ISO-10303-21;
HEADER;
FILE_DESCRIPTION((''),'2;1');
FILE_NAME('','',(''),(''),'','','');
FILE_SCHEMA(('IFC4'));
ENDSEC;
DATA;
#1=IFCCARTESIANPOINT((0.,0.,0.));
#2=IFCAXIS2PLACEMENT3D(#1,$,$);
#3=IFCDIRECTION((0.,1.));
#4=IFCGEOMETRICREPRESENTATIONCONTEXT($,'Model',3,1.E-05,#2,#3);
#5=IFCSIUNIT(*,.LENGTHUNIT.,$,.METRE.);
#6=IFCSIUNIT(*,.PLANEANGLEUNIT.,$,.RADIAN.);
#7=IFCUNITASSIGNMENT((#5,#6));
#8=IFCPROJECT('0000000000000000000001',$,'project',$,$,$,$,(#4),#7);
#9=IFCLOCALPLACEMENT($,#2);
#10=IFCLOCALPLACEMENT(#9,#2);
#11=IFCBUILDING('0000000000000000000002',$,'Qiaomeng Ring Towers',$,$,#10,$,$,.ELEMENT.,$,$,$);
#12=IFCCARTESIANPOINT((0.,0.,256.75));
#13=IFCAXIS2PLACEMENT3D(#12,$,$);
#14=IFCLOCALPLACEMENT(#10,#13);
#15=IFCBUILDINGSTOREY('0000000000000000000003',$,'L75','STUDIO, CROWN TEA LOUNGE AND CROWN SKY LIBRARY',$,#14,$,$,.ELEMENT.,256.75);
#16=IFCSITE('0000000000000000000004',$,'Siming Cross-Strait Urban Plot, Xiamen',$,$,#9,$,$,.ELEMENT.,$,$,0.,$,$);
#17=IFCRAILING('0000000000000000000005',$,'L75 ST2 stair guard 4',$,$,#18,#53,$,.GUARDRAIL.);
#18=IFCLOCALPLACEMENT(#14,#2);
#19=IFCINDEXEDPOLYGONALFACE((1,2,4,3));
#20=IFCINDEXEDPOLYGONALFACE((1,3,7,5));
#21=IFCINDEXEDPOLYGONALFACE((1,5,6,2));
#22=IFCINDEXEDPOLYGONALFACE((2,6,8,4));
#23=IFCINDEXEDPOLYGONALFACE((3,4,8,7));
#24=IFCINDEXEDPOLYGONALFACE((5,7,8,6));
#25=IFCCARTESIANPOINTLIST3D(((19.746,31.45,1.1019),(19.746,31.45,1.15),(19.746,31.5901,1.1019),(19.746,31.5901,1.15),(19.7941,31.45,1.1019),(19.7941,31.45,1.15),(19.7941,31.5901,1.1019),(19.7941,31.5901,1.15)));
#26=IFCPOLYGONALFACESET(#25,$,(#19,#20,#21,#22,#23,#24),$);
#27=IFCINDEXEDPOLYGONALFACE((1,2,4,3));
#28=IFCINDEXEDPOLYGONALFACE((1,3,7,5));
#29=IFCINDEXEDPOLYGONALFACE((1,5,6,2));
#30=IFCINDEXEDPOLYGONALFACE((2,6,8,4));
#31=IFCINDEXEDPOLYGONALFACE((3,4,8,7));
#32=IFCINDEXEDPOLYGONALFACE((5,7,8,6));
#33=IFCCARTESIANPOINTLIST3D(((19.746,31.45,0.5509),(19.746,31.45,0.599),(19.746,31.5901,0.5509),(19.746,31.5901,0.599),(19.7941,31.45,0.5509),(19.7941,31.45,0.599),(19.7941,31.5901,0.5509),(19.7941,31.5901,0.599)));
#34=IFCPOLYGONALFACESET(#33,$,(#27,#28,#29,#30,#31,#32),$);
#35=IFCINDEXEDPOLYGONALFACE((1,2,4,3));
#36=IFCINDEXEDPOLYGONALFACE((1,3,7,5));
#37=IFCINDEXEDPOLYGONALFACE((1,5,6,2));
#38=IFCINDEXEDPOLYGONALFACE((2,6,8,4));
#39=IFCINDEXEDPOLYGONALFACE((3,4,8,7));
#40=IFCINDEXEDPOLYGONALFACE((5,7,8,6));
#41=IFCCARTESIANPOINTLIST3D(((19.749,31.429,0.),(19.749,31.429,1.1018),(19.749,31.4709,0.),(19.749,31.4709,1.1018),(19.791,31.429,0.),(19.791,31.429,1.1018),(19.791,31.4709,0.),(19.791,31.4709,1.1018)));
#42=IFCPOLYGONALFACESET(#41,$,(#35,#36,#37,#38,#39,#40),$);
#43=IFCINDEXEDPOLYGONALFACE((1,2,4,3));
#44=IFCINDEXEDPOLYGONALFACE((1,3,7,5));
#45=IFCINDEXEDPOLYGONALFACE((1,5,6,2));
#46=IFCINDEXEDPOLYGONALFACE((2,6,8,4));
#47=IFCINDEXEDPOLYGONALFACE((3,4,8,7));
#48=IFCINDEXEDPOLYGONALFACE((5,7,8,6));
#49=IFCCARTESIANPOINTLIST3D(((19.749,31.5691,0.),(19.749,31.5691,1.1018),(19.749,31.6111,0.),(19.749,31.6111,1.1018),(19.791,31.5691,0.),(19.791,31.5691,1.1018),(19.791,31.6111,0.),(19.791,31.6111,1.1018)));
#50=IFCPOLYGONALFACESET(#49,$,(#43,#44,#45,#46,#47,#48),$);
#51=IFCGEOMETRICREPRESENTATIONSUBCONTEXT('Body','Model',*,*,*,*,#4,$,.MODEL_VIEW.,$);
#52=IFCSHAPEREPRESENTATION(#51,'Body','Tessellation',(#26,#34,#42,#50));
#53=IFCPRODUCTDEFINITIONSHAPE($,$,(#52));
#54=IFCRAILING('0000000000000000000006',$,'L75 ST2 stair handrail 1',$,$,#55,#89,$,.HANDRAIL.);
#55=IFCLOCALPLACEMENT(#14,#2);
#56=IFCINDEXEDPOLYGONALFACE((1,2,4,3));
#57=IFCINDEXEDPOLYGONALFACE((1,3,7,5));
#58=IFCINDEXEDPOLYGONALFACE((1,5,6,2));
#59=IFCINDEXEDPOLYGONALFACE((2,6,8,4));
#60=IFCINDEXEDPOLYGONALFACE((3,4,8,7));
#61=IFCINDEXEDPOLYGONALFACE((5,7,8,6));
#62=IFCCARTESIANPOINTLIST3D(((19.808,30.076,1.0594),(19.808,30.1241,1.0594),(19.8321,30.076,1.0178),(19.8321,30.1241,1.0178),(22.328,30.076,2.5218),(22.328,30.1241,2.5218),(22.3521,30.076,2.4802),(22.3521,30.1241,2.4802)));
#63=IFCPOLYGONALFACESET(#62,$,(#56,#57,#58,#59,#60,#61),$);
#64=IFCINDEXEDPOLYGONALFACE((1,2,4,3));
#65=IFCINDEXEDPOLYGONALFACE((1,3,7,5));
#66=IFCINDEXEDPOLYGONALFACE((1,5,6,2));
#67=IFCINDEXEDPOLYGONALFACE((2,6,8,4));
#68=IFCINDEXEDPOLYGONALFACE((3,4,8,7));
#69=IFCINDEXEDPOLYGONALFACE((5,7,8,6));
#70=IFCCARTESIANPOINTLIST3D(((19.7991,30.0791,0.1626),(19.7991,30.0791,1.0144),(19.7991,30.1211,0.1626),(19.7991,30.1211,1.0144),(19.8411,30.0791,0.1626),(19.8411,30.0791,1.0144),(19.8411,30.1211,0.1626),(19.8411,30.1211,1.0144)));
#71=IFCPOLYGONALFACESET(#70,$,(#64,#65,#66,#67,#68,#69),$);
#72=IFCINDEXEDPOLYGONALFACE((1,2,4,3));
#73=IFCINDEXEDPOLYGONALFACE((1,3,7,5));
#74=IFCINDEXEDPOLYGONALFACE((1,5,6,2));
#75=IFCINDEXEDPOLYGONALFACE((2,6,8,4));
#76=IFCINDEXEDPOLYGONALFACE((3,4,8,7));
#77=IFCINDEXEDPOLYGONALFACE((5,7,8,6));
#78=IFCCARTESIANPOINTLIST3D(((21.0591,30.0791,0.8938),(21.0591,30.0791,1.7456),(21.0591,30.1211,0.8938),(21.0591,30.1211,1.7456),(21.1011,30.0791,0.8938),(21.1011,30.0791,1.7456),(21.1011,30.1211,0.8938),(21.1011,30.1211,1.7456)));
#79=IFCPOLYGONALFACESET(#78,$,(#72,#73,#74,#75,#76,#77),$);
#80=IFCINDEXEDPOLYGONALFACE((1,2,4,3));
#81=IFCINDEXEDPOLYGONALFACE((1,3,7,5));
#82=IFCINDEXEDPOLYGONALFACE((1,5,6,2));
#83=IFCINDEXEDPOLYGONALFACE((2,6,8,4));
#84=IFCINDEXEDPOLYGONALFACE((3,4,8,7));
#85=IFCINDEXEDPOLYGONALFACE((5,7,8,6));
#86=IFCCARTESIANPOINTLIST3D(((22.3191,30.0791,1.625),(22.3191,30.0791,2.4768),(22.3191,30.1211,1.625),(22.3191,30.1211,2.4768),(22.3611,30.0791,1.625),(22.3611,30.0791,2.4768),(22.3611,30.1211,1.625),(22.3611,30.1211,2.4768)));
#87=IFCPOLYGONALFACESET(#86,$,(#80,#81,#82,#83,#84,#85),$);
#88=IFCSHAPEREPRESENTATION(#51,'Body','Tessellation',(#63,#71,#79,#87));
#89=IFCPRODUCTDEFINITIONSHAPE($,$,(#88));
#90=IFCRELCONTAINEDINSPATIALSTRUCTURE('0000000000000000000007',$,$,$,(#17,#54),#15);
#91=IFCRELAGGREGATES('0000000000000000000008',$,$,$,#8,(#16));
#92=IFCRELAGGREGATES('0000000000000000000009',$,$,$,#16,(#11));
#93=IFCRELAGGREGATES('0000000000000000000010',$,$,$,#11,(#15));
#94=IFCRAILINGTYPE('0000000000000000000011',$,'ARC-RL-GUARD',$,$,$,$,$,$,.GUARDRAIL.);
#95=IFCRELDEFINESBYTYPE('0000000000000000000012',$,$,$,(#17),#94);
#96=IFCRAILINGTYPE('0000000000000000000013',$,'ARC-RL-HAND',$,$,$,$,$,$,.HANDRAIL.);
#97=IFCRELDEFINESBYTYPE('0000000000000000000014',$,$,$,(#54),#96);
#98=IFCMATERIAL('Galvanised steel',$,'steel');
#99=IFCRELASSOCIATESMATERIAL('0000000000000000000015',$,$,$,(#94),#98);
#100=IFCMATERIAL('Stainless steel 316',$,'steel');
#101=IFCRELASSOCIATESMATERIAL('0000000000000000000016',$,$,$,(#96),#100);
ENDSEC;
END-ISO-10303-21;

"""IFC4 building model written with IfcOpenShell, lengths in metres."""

from ifc_helpers import new_model, si_unit, direction, frame, origin, origin_2d, place, context, subcontext, project, spatial, rectangle, extrude, material, type_object, element, save


model = new_model("IFC4")

# Units and contexts
model_context = context("Model", 3, precision=1e-05, world=origin(), true_north=direction((0.0, 1.0)))
body_context = subcontext(model_context, "Body", "Model", "MODEL_VIEW")
ifc_project = project(units=[si_unit("LENGTHUNIT", "METRE"), si_unit("PLANEANGLEUNIT", "RADIAN")], contexts=[model_context])

# Site, building, storey
site_placement = place(None, origin())
site = spatial("IfcSite", under=ifc_project, at=site_placement, Name="Siming Cross-Strait Urban Plot, Xiamen", CompositionType="ELEMENT", RefElevation=0.0)
building_placement = place(site_placement, origin())
building = spatial("IfcBuilding", under=site, at=building_placement, Name="Qiaomeng Ring Towers", CompositionType="ELEMENT")
storey_placement = place(building_placement, frame((0.0, 0.0, 256.75)))
storey = spatial("IfcBuildingStorey", under=building, at=storey_placement, Name="L75", Description="STUDIO, CROWN TEA LOUNGE AND CROWN SKY LIBRARY", CompositionType="ELEMENT", Elevation=256.75)

# Railings
ifc_material_1 = material(Name="Galvanised steel", Category="steel")
railing_type_1 = type_object("IfcRailingType", Name="ARC-RL-GUARD", PredefinedType="GUARDRAIL", material=ifc_material_1)
railing_1_placement = place(storey_placement, frame((19.77, 31.45, 0.0)))
element("IfcRailing", 1, at=railing_1_placement, inside=storey, type_object=railing_type_1, Name="L75 ST2 stair guard 4", PredefinedType="GUARDRAIL", context=body_context, shape_type="SweptSolid", body=[
    extrude(rectangle(XDim=0.0481, YDim=0.0481, at=origin_2d()), frame((0.0, 0.0, 1.126), z_axis=(0.0, 1.0, 0.0), x_axis=(-1.0, 0.0, 0.0)), (0.0, 0.0, 1.0), 0.1401),
    extrude(rectangle(XDim=0.0481, YDim=0.0481, at=origin_2d()), frame((0.0, 0.0, 0.575), z_axis=(0.0, 1.0, 0.0), x_axis=(-1.0, 0.0, 0.0)), (0.0, 0.0, 1.0), 0.1401),
    extrude(rectangle(XDim=0.042, YDim=0.042, at=origin_2d()), origin(), (0.0, 0.0, 1.0), 1.1018),
    extrude(rectangle(XDim=0.042, YDim=0.042, at=origin_2d()), frame((0.0, 0.1401, 0.0)), (0.0, 0.0, 1.0), 1.1018),
])
ifc_material_2 = material(Name="Stainless steel 316", Category="steel")
railing_type_2 = type_object("IfcRailingType", Name="ARC-RL-HAND", PredefinedType="HANDRAIL", material=ifc_material_2)
railing_2_placement = place(storey_placement, frame((19.8201, 30.1001, 0.1626)))
element("IfcRailing", 2, at=railing_2_placement, inside=storey, type_object=railing_type_2, Name="L75 ST2 stair handrail 1", PredefinedType="HANDRAIL", context=body_context, shape_type="SweptSolid", body=[
    extrude(rectangle(XDim=0.0481, YDim=0.0481, at=origin_2d()), frame((0.0, 0.0, 0.876), z_axis=(0.864913, 0.0, 0.501921), x_axis=(0.0, 1.0, 0.0)), (0.0, 0.0, 1.0), 2.9136),
    extrude(rectangle(XDim=0.042, YDim=0.042, at=origin_2d()), origin(), (0.0, 0.0, 1.0), 0.8518),
    extrude(rectangle(XDim=0.042, YDim=0.042, at=origin_2d()), frame((1.26, 0.0, 0.7312)), (0.0, 0.0, 1.0), 0.8518),
    extrude(rectangle(XDim=0.042, YDim=0.042, at=origin_2d()), frame((2.52, 0.0, 1.4624)), (0.0, 0.0, 1.0), 0.8518),
])

save(model, "model.ifc")
